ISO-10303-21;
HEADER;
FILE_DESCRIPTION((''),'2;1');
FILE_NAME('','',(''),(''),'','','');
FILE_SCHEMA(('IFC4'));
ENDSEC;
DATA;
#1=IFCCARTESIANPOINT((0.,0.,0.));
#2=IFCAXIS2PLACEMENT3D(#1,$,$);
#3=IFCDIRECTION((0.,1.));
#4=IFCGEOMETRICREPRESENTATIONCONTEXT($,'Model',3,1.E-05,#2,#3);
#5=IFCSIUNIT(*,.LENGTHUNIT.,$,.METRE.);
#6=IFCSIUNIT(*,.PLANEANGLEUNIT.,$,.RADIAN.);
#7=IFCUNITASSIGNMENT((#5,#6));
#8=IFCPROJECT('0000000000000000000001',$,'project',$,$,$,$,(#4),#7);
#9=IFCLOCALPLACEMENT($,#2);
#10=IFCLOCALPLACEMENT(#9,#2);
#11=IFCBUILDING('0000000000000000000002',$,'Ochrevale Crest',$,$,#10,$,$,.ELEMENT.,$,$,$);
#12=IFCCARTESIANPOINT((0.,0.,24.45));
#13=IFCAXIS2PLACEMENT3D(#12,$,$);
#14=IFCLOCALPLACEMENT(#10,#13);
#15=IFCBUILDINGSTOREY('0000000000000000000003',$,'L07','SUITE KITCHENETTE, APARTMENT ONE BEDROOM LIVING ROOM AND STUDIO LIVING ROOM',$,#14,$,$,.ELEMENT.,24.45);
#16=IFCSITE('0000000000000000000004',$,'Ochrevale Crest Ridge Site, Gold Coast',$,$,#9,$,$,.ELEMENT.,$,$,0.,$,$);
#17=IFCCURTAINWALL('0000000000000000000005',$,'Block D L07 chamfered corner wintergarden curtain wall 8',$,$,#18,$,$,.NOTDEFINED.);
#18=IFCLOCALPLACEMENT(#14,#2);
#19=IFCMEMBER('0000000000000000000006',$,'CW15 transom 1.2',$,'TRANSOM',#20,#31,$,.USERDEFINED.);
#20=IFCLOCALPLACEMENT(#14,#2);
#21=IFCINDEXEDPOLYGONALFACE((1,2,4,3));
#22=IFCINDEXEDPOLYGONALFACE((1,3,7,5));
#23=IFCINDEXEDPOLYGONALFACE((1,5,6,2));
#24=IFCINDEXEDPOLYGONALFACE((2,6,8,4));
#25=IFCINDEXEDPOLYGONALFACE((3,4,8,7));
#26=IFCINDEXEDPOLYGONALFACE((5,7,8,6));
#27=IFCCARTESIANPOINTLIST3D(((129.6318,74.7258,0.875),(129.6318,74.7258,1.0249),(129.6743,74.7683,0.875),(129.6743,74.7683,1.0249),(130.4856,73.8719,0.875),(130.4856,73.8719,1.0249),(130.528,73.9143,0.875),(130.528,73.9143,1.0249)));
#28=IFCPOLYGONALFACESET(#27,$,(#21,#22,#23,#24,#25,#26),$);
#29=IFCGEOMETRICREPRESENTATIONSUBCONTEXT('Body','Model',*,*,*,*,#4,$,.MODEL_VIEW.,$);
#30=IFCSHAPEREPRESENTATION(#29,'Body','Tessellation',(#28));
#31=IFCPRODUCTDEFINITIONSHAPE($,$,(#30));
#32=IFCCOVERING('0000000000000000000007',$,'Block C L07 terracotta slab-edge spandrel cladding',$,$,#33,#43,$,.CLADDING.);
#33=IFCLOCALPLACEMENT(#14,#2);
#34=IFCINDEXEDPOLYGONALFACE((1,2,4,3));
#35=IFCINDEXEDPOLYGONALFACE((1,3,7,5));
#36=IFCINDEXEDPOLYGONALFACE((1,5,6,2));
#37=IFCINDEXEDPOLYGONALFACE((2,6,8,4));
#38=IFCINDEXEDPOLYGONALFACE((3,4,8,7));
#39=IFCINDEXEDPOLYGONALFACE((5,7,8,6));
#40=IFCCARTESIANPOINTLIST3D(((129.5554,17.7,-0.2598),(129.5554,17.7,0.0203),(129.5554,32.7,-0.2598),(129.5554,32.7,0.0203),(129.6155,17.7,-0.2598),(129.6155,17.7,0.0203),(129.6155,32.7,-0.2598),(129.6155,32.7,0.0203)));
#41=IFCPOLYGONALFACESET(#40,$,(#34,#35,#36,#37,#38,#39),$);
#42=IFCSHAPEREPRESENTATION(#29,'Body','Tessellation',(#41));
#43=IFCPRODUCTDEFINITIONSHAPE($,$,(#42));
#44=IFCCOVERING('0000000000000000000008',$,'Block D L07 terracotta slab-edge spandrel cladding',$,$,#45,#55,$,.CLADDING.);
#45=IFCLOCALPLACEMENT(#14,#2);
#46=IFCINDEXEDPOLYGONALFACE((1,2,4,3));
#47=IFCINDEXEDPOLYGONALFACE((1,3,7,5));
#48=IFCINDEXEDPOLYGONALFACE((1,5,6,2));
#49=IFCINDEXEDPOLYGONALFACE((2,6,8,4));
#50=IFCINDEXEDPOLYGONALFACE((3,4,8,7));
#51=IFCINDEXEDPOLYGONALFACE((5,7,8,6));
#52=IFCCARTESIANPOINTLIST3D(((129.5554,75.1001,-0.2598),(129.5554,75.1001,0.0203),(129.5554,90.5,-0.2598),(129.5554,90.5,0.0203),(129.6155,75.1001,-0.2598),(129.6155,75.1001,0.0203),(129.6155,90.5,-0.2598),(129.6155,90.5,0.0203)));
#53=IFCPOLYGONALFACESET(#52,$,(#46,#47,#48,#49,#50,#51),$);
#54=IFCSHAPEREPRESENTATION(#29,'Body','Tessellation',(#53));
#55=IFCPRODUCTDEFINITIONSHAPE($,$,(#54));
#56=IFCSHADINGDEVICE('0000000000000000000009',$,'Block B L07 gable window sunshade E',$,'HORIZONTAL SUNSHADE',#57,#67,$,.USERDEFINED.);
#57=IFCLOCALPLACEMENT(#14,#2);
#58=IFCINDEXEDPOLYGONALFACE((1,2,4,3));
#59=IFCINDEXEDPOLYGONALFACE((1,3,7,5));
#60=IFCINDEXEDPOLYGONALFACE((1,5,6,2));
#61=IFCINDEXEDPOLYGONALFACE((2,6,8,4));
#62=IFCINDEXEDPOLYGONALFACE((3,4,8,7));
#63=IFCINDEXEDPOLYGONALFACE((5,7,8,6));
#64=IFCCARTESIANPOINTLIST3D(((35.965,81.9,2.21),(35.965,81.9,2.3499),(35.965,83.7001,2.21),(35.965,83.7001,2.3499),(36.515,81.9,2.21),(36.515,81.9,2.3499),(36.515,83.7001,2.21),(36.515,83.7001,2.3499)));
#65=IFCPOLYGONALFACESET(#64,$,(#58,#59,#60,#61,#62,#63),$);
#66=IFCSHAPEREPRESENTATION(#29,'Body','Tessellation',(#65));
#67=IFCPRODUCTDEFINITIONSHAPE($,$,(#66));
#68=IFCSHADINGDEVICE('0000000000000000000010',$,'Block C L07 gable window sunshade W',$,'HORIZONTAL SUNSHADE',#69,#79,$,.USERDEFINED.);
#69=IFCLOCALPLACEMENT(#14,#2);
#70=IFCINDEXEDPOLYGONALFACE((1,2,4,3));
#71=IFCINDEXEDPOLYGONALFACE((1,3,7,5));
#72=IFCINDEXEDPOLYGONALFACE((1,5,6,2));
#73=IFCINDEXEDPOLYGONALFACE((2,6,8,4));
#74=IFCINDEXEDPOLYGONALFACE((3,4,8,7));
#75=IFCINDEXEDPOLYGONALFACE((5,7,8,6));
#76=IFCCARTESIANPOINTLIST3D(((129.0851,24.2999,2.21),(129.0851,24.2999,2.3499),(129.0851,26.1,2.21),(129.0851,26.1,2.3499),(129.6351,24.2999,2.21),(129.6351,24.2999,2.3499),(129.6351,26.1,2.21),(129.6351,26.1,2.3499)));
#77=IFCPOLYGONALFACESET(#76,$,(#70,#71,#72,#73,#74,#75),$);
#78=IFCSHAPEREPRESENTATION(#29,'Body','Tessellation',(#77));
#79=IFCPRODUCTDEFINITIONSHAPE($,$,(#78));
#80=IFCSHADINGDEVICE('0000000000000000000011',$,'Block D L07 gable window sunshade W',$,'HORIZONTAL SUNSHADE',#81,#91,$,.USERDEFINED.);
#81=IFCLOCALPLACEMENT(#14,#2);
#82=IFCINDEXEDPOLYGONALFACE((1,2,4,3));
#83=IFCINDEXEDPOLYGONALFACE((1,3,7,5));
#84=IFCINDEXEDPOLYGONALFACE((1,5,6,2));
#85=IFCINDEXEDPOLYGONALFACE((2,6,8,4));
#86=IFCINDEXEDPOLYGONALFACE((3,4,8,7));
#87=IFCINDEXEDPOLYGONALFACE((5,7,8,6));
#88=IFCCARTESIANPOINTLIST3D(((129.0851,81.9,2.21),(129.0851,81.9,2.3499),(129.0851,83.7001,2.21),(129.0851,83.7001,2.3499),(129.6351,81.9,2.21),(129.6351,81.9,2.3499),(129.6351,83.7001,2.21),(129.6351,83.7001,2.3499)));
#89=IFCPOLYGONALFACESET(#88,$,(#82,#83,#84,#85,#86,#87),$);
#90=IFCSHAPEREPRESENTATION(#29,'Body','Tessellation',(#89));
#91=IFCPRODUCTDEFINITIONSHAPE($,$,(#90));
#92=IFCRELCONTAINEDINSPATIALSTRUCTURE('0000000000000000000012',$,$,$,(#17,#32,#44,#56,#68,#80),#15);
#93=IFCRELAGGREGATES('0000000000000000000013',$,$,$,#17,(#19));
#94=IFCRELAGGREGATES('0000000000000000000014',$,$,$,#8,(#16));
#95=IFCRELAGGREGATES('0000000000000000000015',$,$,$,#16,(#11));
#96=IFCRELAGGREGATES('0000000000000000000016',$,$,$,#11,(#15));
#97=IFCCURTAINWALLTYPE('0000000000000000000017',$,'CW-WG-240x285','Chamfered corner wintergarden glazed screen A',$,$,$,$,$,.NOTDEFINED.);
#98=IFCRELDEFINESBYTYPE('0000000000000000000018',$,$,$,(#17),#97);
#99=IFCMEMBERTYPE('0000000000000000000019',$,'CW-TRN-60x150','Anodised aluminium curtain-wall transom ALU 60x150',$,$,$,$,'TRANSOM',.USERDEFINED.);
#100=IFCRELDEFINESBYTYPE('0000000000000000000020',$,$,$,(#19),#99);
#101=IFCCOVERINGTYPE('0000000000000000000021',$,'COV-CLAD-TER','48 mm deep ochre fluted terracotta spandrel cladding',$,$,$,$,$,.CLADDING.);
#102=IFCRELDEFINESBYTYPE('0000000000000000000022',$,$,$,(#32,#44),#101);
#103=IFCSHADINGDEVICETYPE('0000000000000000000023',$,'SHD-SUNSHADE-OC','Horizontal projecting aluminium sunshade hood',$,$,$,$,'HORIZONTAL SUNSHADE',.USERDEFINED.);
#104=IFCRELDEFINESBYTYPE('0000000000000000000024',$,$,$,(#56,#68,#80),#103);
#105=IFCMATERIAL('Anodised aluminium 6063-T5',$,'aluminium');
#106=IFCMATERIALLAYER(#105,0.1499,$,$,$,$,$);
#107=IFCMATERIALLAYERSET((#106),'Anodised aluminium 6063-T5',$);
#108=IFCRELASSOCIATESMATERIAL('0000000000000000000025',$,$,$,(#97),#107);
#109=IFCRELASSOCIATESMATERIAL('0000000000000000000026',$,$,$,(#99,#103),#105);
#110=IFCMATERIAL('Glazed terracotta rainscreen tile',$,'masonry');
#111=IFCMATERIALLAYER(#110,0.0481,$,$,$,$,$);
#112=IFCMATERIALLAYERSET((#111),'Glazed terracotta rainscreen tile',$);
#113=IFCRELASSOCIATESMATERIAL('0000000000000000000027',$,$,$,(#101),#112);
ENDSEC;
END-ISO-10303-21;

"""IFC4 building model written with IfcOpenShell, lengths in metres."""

from ifc_helpers import new_model, si_unit, direction, frame, origin, origin_2d, place, context, subcontext, project, spatial, rectangle, extrude, material, layer, layer_set, material_profile, profile_set, type_object, element, aggregate, save


model = new_model("IFC4")

# Units and contexts
model_context = context("Model", 3, precision=1e-05, world=origin(), true_north=direction((0.0, 1.0)))
body_context = subcontext(model_context, "Body", "Model", "MODEL_VIEW")
ifc_project = project(units=[si_unit("LENGTHUNIT", "METRE"), si_unit("PLANEANGLEUNIT", "RADIAN")], contexts=[model_context])

# Site, building, storey
site_placement = place(None, origin())
site = spatial("IfcSite", under=ifc_project, at=site_placement, Name="Ochrevale Crest Ridge Site, Gold Coast", CompositionType="ELEMENT", RefElevation=0.0)
building_placement = place(site_placement, origin())
building = spatial("IfcBuilding", under=site, at=building_placement, Name="Ochrevale Crest", CompositionType="ELEMENT")
storey_placement = place(building_placement, frame((0.0, 0.0, 24.45)))
storey = spatial("IfcBuildingStorey", under=building, at=storey_placement, Name="L07", Description="SUITE KITCHENETTE, APARTMENT ONE BEDROOM LIVING ROOM AND STUDIO LIVING ROOM", CompositionType="ELEMENT", Elevation=24.45)

# Curtain wall
ifc_material_1 = material(Name="Anodised aluminium 6063-T5", Category="aluminium")
ifc_layer_1 = layer(ifc_material_1, 0.1499)
ifc_layer_set_1 = layer_set([ifc_layer_1], Name="Anodised aluminium 6063-T5")
curtain_wall_type_1 = type_object("IfcCurtainWallType", Name="CW-WG-240x285", Description="Chamfered corner wintergarden glazed screen A", PredefinedType="NOTDEFINED", material=ifc_layer_set_1)
curtain_wall_1_placement = place(storey_placement, origin())
curtain_wall_1 = element("IfcCurtainWall", 1, at=curtain_wall_1_placement, inside=storey, type_object=curtain_wall_type_1, Name="Block D L07 chamfered corner wintergarden curtain wall 8", PredefinedType="NOTDEFINED")

# Member
ifc_material_profile_1 = material_profile(ifc_material_1, rectangle(XDim=0.0601, YDim=0.1499, at=origin_2d()), Name="ALU 60x150")
ifc_profile_set_1 = profile_set([ifc_material_profile_1], Name="Anodised aluminium 6063-T5")
member_type_1 = type_object("IfcMemberType", Name="CW-TRN-60x150", Description="Anodised aluminium curtain-wall transom ALU 60x150", ElementType="TRANSOM", PredefinedType="USERDEFINED", material=ifc_profile_set_1)
member_1_placement = place(storey_placement, frame((129.6531, 74.7471, 0.95), z_axis=(0.707006, -0.707208, 0.0), x_axis=(0.707208, 0.707006, 0.0)))
member_1 = element("IfcMember", 2, at=member_1_placement, type_object=member_type_1, Name="CW15 transom 1.2", ObjectType="TRANSOM", PredefinedType="USERDEFINED", context=body_context, shape_type="SweptSolid", body=[
    extrude(rectangle(XDim=0.0601, YDim=0.1499, at=origin_2d()), origin(), (0.0, 0.0, 1.0), 1.2075),
])
aggregate(curtain_wall_1, [member_1])

# Coverings
ifc_material_2 = material(Name="Glazed terracotta rainscreen tile", Category="masonry")
ifc_layer_2 = layer(ifc_material_2, 0.0481)
ifc_layer_set_2 = layer_set([ifc_layer_2], Name="Glazed terracotta rainscreen tile")
covering_type = type_object("IfcCoveringType", Name="COV-CLAD-TER", Description="48 mm deep ochre fluted terracotta spandrel cladding", PredefinedType="CLADDING", material=ifc_layer_set_2)
covering_1_placement = place(storey_placement, frame((129.5854, 25.2, -0.2598), z_axis=(0.0, 0.0, 1.0), x_axis=(0.0, -1.0, 0.0)))
element("IfcCovering", 3, at=covering_1_placement, inside=storey, type_object=covering_type, Name="Block C L07 terracotta slab-edge spandrel cladding", PredefinedType="CLADDING", context=body_context, shape_type="SweptSolid", body=[
    extrude(rectangle(XDim=15.0, YDim=0.0601, at=origin_2d()), origin(), (0.0, 0.0, 1.0), 0.28),
])
covering_2_placement = place(storey_placement, frame((129.5854, 82.8, -0.2598), z_axis=(0.0, 0.0, 1.0), x_axis=(0.0, -1.0, 0.0)))
element("IfcCovering", 4, at=covering_2_placement, inside=storey, type_object=covering_type, Name="Block D L07 terracotta slab-edge spandrel cladding", PredefinedType="CLADDING", context=body_context, shape_type="SweptSolid", body=[
    extrude(rectangle(XDim=15.3999, YDim=0.0601, at=origin_2d()), origin(), (0.0, 0.0, 1.0), 0.28),
])

# Shading devices
shading_device_type = type_object("IfcShadingDeviceType", Name="SHD-SUNSHADE-OC", Description="Horizontal projecting aluminium sunshade hood", ElementType="HORIZONTAL SUNSHADE", PredefinedType="USERDEFINED", material=ifc_material_1)
for number, where, z_axis, x_axis, name in (
    (5, (36.24, 82.8, 2.21), (0.0, 0.0, 1.0), (1.0, 0.0, 0.0), "Block B L07 gable window sunshade E"),
    (6, (129.3601, 25.2, 2.21), (0.0, 0.0, 1.0), (1.0, 0.0, 0.0), "Block C L07 gable window sunshade W"),
    (7, (129.3601, 82.8, 2.21), (0.0, 0.0, 1.0), (1.0, 0.0, 0.0), "Block D L07 gable window sunshade W"),
):
    element("IfcShadingDevice", number, at=place(storey_placement, frame(where, z_axis=z_axis, x_axis=x_axis)), inside=storey, type_object=shading_device_type, Name=name, ObjectType="HORIZONTAL SUNSHADE", PredefinedType="USERDEFINED", context=body_context, shape_type="SweptSolid", body=[
        extrude(rectangle(XDim=0.55, YDim=1.8, at=origin_2d()), origin(), (0.0, 0.0, 1.0), 0.1399),
    ])

save(model, "model.ifc")
